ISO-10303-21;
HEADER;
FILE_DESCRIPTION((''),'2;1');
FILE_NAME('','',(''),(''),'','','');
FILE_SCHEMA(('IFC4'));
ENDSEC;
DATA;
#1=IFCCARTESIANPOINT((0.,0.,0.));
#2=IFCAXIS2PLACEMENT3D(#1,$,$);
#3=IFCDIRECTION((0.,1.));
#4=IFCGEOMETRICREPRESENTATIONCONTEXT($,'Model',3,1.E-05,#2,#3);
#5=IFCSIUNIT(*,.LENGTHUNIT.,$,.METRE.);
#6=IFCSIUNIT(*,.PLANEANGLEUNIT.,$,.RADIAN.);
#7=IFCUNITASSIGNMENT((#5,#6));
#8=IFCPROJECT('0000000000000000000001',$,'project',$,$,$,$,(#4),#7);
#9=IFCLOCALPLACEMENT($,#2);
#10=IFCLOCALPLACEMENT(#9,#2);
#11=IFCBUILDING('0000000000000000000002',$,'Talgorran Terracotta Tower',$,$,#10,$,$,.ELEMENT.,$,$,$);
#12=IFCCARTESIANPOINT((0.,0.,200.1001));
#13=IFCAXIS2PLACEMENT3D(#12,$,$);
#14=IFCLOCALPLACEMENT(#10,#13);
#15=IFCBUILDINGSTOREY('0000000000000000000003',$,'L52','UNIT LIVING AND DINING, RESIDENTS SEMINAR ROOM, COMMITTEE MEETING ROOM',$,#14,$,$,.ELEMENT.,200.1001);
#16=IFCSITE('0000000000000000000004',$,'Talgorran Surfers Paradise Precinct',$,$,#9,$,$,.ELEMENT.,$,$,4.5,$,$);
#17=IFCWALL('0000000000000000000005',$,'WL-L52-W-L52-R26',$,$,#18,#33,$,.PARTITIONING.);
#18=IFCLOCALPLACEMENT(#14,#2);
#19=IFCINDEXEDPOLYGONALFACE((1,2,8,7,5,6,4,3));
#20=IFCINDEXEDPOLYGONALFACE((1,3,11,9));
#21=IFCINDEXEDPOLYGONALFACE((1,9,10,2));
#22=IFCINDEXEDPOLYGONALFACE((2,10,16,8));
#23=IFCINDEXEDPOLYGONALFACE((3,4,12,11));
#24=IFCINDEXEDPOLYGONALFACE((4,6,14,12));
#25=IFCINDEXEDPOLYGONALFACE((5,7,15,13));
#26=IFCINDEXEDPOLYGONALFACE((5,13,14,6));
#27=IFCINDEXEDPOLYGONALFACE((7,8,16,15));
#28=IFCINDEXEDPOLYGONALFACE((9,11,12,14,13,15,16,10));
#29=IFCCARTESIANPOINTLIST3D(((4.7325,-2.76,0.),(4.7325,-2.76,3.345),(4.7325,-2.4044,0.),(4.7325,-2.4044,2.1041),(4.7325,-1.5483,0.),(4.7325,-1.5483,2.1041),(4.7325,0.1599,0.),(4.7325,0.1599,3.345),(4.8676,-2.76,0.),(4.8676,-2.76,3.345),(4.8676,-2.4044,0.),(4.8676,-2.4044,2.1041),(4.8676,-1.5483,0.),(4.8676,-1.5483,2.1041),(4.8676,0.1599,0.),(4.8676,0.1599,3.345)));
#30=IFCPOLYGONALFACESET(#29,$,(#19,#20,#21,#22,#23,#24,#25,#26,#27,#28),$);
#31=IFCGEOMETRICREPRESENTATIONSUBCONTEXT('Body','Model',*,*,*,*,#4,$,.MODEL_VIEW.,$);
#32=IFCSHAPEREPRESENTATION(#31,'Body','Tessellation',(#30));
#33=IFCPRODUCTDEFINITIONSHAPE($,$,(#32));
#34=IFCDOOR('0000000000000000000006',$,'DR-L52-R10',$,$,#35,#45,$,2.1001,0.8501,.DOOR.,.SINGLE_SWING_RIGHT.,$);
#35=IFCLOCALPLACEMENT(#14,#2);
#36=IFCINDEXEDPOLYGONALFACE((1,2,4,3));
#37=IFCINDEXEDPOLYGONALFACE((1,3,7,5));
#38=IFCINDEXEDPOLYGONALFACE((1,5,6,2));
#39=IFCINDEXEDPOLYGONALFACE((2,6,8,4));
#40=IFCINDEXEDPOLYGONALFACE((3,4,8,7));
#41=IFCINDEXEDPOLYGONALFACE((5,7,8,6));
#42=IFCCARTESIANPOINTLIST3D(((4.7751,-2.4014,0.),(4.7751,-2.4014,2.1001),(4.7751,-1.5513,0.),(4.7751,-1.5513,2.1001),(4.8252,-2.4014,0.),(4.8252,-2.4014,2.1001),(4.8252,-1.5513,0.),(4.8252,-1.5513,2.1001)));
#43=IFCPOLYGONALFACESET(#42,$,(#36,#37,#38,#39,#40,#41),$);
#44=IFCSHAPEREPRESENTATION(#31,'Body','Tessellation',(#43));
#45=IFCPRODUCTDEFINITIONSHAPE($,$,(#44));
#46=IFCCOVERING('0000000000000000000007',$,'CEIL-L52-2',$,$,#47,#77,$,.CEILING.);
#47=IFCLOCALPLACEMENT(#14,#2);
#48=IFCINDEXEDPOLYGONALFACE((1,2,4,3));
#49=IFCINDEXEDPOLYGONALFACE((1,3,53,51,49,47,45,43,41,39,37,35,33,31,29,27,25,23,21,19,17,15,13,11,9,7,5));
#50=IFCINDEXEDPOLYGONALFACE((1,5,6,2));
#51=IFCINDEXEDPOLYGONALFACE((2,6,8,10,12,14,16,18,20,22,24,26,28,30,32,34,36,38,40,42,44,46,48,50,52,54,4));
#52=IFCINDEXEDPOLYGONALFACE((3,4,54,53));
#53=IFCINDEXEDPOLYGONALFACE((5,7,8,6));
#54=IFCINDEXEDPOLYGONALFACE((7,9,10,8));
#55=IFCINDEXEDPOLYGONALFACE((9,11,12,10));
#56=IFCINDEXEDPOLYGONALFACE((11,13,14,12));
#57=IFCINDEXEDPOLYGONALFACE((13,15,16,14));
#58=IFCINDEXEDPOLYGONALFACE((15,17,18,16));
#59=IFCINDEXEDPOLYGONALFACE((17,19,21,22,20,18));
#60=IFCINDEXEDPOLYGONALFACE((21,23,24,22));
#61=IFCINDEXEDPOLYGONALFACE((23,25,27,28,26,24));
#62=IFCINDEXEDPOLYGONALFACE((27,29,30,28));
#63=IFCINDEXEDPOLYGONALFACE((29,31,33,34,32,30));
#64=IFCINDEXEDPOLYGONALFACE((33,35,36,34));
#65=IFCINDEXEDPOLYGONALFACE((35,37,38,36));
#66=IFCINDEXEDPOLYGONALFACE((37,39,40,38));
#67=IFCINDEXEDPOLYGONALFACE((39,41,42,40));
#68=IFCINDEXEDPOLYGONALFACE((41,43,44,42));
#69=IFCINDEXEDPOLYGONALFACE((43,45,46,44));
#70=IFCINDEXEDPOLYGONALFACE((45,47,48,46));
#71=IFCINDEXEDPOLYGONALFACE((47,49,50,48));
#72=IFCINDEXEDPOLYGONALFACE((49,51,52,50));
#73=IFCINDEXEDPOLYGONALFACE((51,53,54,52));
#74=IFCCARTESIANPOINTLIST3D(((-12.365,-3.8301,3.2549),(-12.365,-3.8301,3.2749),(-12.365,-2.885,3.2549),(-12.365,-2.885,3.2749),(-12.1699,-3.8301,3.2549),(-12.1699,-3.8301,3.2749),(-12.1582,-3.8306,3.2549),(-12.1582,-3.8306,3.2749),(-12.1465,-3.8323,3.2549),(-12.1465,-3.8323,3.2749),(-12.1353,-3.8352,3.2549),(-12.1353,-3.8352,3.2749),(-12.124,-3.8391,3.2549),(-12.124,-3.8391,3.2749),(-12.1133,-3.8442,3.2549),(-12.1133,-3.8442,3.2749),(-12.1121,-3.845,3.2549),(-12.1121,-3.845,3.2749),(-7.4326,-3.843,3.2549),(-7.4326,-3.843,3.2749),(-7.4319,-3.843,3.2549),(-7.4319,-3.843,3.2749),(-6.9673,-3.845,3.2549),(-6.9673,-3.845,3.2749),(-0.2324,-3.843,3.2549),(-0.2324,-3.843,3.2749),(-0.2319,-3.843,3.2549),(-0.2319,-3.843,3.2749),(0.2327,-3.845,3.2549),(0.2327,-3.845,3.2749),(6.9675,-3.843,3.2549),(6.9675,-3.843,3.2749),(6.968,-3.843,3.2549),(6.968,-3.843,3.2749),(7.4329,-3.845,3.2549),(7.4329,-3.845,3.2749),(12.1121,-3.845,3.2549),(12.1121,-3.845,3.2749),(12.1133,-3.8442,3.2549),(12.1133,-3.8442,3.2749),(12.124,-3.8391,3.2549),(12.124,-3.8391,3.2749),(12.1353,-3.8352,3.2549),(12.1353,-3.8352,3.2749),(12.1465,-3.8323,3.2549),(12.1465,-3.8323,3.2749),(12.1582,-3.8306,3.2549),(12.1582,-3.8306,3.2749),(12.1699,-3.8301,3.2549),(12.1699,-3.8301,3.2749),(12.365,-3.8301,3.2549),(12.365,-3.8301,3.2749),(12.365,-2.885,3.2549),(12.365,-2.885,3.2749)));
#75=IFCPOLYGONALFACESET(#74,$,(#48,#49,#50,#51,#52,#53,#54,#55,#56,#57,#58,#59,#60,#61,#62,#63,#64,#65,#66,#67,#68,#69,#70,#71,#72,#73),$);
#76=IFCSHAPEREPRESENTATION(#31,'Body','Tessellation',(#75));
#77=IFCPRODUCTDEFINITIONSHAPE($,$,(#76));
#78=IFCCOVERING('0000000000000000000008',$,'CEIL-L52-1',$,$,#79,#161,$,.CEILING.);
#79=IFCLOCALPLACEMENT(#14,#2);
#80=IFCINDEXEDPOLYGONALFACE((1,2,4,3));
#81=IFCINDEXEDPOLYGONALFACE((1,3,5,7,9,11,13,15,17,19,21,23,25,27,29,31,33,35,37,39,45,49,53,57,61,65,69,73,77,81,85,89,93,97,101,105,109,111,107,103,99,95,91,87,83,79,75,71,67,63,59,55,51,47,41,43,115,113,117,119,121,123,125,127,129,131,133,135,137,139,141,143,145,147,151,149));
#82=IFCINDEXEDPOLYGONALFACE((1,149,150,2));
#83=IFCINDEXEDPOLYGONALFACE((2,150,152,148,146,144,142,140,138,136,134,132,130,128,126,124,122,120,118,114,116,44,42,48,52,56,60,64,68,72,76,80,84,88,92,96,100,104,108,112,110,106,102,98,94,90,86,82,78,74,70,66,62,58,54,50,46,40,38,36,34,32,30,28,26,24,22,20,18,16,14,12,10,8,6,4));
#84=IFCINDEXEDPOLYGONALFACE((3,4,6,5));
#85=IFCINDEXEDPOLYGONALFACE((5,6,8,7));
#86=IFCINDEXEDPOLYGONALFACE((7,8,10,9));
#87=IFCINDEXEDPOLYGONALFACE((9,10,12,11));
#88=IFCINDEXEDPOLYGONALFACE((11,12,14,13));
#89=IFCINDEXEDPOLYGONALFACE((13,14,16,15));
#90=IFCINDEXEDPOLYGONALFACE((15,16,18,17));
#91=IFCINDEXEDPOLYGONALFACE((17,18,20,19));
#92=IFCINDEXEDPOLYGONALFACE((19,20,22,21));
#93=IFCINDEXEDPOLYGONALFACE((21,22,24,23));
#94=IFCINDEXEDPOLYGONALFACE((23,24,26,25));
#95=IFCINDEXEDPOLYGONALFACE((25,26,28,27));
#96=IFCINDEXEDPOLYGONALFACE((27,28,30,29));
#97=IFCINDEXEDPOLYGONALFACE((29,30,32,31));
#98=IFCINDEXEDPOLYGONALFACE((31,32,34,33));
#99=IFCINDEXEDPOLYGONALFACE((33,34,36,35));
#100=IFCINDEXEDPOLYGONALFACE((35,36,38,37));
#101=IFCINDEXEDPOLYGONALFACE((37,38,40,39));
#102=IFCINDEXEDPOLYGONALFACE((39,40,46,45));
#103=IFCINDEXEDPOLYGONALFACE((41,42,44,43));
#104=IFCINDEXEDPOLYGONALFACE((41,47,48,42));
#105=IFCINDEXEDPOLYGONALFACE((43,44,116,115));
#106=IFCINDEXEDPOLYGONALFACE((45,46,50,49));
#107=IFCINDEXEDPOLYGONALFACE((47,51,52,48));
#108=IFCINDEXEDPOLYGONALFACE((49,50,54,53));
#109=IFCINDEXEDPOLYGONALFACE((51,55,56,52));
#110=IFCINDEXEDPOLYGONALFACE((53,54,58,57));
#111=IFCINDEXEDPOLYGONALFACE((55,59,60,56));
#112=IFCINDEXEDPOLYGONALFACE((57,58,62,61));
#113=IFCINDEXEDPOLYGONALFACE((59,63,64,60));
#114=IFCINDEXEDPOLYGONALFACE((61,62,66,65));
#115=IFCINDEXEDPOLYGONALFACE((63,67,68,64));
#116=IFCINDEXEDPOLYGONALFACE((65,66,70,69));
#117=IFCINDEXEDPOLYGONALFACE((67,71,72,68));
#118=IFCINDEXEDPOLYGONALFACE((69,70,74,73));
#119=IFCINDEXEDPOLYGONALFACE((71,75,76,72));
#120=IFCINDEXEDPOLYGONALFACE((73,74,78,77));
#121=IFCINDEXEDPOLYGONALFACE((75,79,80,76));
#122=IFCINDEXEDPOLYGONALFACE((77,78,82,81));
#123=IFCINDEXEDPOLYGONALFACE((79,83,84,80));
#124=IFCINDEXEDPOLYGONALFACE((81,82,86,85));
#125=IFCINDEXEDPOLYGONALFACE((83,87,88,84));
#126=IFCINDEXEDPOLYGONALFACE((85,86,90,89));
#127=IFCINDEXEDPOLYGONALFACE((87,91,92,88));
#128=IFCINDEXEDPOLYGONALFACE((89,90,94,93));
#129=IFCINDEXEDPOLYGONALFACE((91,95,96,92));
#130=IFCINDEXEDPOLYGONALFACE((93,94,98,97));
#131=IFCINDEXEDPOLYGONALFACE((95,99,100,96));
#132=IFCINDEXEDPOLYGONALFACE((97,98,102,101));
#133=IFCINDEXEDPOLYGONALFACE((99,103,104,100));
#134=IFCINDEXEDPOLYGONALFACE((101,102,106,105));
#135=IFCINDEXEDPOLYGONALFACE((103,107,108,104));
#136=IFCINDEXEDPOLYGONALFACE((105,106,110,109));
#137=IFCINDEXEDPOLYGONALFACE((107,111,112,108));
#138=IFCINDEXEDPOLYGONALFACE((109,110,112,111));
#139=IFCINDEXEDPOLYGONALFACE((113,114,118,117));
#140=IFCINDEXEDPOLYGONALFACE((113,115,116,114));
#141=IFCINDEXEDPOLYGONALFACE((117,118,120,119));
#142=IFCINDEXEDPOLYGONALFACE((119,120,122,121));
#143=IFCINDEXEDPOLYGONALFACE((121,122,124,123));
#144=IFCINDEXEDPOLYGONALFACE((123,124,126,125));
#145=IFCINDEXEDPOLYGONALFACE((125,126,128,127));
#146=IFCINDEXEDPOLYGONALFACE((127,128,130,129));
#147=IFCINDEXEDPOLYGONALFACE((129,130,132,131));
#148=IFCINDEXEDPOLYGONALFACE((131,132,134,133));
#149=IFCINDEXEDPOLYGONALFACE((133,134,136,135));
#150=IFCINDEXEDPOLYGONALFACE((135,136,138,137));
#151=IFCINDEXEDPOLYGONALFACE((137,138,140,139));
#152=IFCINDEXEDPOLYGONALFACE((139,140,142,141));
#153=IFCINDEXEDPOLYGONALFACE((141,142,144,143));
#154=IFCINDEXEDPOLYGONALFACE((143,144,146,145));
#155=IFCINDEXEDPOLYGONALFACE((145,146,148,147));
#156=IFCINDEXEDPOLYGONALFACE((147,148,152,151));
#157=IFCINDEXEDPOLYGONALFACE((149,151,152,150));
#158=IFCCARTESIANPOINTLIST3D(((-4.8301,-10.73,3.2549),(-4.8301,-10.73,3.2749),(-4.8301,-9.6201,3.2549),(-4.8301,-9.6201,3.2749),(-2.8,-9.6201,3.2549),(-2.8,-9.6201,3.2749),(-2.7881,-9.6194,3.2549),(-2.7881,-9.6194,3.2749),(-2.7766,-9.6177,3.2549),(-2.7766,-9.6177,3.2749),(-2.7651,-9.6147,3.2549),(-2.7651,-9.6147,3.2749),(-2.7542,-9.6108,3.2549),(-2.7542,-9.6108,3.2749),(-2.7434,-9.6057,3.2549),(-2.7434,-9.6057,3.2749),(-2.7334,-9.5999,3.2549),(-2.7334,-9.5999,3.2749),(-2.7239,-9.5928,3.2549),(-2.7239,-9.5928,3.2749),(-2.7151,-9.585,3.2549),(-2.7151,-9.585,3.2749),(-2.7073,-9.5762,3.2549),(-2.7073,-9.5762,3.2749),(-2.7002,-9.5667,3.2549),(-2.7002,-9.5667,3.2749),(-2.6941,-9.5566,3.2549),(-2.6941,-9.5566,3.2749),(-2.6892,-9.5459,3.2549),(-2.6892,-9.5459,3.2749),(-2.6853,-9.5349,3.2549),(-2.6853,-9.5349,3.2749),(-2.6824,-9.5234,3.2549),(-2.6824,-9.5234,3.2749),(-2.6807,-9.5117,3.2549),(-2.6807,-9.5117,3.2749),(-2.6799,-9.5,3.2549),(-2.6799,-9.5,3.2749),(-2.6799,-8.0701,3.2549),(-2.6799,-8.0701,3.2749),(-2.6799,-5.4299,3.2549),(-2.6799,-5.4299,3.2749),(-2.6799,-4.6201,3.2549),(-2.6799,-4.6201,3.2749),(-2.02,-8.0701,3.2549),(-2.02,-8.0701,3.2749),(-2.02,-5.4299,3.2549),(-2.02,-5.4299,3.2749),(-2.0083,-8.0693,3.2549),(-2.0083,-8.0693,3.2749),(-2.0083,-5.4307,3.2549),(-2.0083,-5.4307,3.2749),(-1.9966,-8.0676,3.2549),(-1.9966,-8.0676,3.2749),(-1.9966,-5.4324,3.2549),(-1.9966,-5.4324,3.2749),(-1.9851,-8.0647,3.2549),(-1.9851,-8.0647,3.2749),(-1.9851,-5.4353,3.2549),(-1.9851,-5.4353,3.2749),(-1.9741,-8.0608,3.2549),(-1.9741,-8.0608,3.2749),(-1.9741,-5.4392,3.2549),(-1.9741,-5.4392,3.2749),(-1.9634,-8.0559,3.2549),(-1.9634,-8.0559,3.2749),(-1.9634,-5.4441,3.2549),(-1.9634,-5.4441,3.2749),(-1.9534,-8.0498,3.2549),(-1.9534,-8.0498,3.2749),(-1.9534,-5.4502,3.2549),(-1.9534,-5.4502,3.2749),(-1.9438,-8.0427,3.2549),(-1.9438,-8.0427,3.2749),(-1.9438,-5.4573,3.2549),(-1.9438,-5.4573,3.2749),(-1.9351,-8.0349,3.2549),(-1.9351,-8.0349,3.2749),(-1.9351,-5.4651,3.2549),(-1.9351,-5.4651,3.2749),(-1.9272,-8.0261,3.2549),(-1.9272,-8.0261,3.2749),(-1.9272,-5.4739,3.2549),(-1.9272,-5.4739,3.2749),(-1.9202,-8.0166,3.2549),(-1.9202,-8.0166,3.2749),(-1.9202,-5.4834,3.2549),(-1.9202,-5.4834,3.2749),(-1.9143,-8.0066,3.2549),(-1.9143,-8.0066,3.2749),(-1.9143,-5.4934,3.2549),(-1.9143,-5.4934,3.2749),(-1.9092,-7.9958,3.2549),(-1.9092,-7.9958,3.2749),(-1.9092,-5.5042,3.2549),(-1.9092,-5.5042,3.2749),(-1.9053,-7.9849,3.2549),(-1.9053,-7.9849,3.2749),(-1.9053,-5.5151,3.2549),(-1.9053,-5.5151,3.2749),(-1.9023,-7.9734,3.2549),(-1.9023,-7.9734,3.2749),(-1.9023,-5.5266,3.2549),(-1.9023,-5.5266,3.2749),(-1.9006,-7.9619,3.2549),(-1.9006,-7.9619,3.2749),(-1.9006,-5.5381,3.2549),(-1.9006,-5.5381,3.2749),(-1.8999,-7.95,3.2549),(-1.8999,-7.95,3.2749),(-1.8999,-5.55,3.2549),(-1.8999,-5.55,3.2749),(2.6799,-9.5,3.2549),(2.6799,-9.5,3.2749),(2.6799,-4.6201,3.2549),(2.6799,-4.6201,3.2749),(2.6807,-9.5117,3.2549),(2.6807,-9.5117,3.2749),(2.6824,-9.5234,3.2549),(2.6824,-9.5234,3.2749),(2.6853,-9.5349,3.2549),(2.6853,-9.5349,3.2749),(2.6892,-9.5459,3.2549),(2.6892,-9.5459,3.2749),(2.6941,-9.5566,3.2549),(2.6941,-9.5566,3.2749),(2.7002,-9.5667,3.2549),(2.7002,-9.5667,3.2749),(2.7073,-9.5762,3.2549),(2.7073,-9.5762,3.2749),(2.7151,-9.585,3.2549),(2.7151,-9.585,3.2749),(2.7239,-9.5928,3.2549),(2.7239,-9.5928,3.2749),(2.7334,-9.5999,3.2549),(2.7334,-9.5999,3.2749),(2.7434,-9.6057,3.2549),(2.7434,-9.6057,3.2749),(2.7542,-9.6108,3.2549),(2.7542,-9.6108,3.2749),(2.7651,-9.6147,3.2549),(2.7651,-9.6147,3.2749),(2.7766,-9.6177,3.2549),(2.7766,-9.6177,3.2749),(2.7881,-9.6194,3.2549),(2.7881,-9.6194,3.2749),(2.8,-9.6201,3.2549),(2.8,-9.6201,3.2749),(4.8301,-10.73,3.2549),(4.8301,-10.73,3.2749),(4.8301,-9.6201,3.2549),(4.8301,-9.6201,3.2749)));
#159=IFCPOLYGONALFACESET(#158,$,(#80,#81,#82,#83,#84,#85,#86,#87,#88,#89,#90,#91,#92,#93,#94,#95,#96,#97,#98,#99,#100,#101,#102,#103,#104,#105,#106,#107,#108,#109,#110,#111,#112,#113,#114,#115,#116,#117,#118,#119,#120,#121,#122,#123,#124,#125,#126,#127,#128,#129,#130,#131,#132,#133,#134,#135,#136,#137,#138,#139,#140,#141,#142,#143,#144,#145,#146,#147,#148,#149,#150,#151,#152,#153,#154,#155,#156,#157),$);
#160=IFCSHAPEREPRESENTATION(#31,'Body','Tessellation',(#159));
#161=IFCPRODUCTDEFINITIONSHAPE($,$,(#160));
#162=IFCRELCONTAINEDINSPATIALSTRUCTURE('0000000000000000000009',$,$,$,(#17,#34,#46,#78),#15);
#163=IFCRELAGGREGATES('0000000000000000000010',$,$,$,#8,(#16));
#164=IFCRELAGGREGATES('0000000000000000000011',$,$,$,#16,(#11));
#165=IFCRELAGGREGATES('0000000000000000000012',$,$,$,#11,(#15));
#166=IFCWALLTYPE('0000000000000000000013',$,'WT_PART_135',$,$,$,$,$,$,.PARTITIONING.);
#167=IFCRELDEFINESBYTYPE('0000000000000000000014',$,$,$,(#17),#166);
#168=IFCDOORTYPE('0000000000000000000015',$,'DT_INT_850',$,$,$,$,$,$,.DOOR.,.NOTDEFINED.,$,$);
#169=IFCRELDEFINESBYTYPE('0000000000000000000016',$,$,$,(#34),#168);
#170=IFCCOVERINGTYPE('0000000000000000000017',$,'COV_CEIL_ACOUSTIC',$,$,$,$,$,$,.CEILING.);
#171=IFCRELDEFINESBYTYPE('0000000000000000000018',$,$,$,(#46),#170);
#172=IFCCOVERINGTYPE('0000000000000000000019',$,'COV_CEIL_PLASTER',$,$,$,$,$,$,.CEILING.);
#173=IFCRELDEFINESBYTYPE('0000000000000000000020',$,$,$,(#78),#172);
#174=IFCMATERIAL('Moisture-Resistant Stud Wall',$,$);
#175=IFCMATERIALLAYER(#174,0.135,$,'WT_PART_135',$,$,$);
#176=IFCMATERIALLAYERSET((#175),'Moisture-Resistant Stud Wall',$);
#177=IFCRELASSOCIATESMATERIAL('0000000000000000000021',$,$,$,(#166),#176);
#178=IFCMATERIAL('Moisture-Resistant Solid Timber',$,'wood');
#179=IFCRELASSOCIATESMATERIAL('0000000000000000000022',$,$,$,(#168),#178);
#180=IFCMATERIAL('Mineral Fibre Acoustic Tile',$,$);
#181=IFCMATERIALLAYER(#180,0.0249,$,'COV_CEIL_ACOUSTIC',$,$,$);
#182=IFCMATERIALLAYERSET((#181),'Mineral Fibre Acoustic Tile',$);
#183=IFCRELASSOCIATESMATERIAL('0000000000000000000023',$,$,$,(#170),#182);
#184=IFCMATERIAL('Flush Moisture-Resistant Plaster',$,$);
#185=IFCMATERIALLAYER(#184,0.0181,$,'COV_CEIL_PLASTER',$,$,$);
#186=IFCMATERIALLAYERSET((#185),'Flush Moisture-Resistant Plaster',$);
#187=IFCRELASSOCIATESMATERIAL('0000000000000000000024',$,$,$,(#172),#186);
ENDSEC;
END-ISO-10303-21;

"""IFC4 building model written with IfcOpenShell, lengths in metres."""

from ifc_helpers import new_model, si_unit, direction, frame, frame_2d, origin, place, context, subcontext, project, spatial, polyline, rectangle, outline, extrude, material, layer, layer_set, type_object, element, fill, save


model = new_model("IFC4")

# Units and contexts
model_context = context("Model", 3, precision=1e-05, world=origin(), true_north=direction((0.0, 1.0)))
body_context = subcontext(model_context, "Body", "Model", "MODEL_VIEW")
ifc_project = project(units=[si_unit("LENGTHUNIT", "METRE"), si_unit("PLANEANGLEUNIT", "RADIAN")], contexts=[model_context])

# Site, building, storey
site_placement = place(None, origin())
site = spatial("IfcSite", under=ifc_project, at=site_placement, Name="Talgorran Surfers Paradise Precinct", CompositionType="ELEMENT", RefElevation=4.5)
building_placement = place(site_placement, origin())
building = spatial("IfcBuilding", under=site, at=building_placement, Name="Talgorran Terracotta Tower", CompositionType="ELEMENT")
storey_placement = place(building_placement, frame((0.0, 0.0, 200.1001)))
storey = spatial("IfcBuildingStorey", under=building, at=storey_placement, Name="L52", Description="UNIT LIVING AND DINING, RESIDENTS SEMINAR ROOM, COMMITTEE MEETING ROOM", CompositionType="ELEMENT", Elevation=200.1001)

# Wall, opening, door
ifc_material_1 = material(Name="Moisture-Resistant Stud Wall")
ifc_layer_1 = layer(ifc_material_1, 0.135, Name="WT_PART_135")
ifc_layer_set_1 = layer_set([ifc_layer_1], Name="Moisture-Resistant Stud Wall")
wall_type_1 = type_object("IfcWallType", Name="WT_PART_135", PredefinedType="PARTITIONING", material=ifc_layer_set_1)
wall_1_placement = place(storey_placement, frame((4.8, -2.76, 0.0), z_axis=(0.0, 0.0, 1.0), x_axis=(0.0, 1.0, 0.0)))
wall_1 = element("IfcWall", 1, at=wall_1_placement, inside=storey, type_object=wall_type_1, Name="WL-L52-W-L52-R26", PredefinedType="PARTITIONING", context=body_context, shape_type="SweptSolid", body=[
    extrude(rectangle(XDim=2.9199, YDim=0.135, at=frame_2d((1.46, 0.0))), origin(), (0.0, 0.0, 1.0), 3.345),
])
opening_1_placement = place(wall_1_placement, frame((0.3586, 0.0, 0.0)))
opening_1 = element("IfcOpeningElement", 2, at=opening_1_placement, cuts=wall_1, PredefinedType="OPENING", context=body_context, shape_type="SweptSolid", body=[
    extrude(rectangle(XDim=0.8561, YDim=2.1041, at=frame_2d((0.425, 1.052))), frame((0.0, 0.0776, 0.0), z_axis=(0.0, -1.0, 0.0), x_axis=(1.0, 0.0, 0.0)), (0.0, 0.0, 1.0), 0.155),
])
ifc_material_2 = material(Name="Moisture-Resistant Solid Timber", Category="wood")
door_type_1 = type_object("IfcDoorType", Name="DT_INT_850", OperationType="NOTDEFINED", PredefinedType="DOOR", material=ifc_material_2)
door_1_placement = place(opening_1_placement, origin())
door_1 = element("IfcDoor", 3, at=door_1_placement, inside=storey, type_object=door_type_1, Name="DR-L52-R10", OperationType="SINGLE_SWING_RIGHT", OverallHeight=2.1001, OverallWidth=0.8501, PredefinedType="DOOR", context=body_context, shape_type="SweptSolid", body=[
    extrude(rectangle(XDim=0.8501, YDim=2.1001, at=frame_2d((0.425, 1.05))), frame((0.0, 0.0249, 0.0), z_axis=(0.0, -1.0, 0.0), x_axis=(1.0, 0.0, 0.0)), (0.0, 0.0, 1.0), 0.05),
])
fill(opening_1, door_1)

# Coverings
ifc_material_3 = material(Name="Mineral Fibre Acoustic Tile")
ifc_layer_2 = layer(ifc_material_3, 0.0249, Name="COV_CEIL_ACOUSTIC")
ifc_layer_set_2 = layer_set([ifc_layer_2], Name="Mineral Fibre Acoustic Tile")
covering_type_1 = type_object("IfcCoveringType", Name="COV_CEIL_ACOUSTIC", PredefinedType="CEILING", material=ifc_layer_set_2)
covering_1_placement = place(storey_placement, frame((0.0, 0.0, 3.2549)))
element("IfcCovering", 4, at=covering_1_placement, inside=storey, type_object=covering_type_1, Name="CEIL-L52-2", PredefinedType="CEILING", context=body_context, shape_type="SweptSolid", body=[
    extrude(outline(polyline([(-12.365, -2.885), (12.365, -2.885), (12.365, -3.8301), (12.1699, -3.8301), (12.1582, -3.8306), (12.1465, -3.8323), (12.1353, -3.8352), (12.124, -3.8391), (12.1133, -3.8442), (12.1121, -3.845), (7.4329, -3.845), (6.968, -3.843), (6.9675, -3.843), (0.2327, -3.845), (-0.2319, -3.843), (-0.2324, -3.843), (-6.9673, -3.845), (-7.4319, -3.843), (-7.4326, -3.843), (-12.1121, -3.845), (-12.1133, -3.8442), (-12.124, -3.8391), (-12.1353, -3.8352), (-12.1465, -3.8323), (-12.1582, -3.8306), (-12.1699, -3.8301), (-12.365, -3.8301), (-12.365, -2.885)])), origin(), (0.0, 0.0, 1.0), 0.02),
])
ifc_material_4 = material(Name="Flush Moisture-Resistant Plaster")
ifc_layer_3 = layer(ifc_material_4, 0.0181, Name="COV_CEIL_PLASTER")
ifc_layer_set_3 = layer_set([ifc_layer_3], Name="Flush Moisture-Resistant Plaster")
covering_type_2 = type_object("IfcCoveringType", Name="COV_CEIL_PLASTER", PredefinedType="CEILING", material=ifc_layer_set_3)
covering_2_placement = place(storey_placement, frame((0.0, 0.0, 3.2549)))
element("IfcCovering", 5, at=covering_2_placement, inside=storey, type_object=covering_type_2, Name="CEIL-L52-1", PredefinedType="CEILING", context=body_context, shape_type="SweptSolid", body=[
    extrude(outline(polyline([(2.6799, -4.6201), (2.6799, -9.5), (2.6807, -9.5117), (2.6824, -9.5234), (2.6853, -9.5349), (2.6892, -9.5459), (2.6941, -9.5566), (2.7002, -9.5667), (2.7073, -9.5762), (2.7151, -9.585), (2.7239, -9.5928), (2.7334, -9.5999), (2.7434, -9.6057), (2.7542, -9.6108), (2.7651, -9.6147), (2.7766, -9.6177), (2.7881, -9.6194), (2.8, -9.6201), (4.8301, -9.6201), (4.8301, -10.73), (-4.8301, -10.73), (-4.8301, -9.6201), (-2.8, -9.6201), (-2.7881, -9.6194), (-2.7766, -9.6177), (-2.7651, -9.6147), (-2.7542, -9.6108), (-2.7434, -9.6057), (-2.7334, -9.5999), (-2.7239, -9.5928), (-2.7151, -9.585), (-2.7073, -9.5762), (-2.7002, -9.5667), (-2.6941, -9.5566), (-2.6892, -9.5459), (-2.6853, -9.5349), (-2.6824, -9.5234), (-2.6807, -9.5117), (-2.6799, -9.5), (-2.6799, -8.0701), (-2.02, -8.0701), (-2.0083, -8.0693), (-1.9966, -8.0676), (-1.9851, -8.0647), (-1.9741, -8.0608), (-1.9634, -8.0559), (-1.9534, -8.0498), (-1.9438, -8.0427), (-1.9351, -8.0349), (-1.9272, -8.0261), (-1.9202, -8.0166), (-1.9143, -8.0066), (-1.9092, -7.9958), (-1.9053, -7.9849), (-1.9023, -7.9734), (-1.9006, -7.9619), (-1.8999, -7.95), (-1.8999, -5.55), (-1.9006, -5.5381), (-1.9023, -5.5266), (-1.9053, -5.5151), (-1.9092, -5.5042), (-1.9143, -5.4934), (-1.9202, -5.4834), (-1.9272, -5.4739), (-1.9351, -5.4651), (-1.9438, -5.4573), (-1.9534, -5.4502), (-1.9634, -5.4441), (-1.9741, -5.4392), (-1.9851, -5.4353), (-1.9966, -5.4324), (-2.0083, -5.4307), (-2.02, -5.4299), (-2.6799, -5.4299), (-2.6799, -4.6201), (2.6799, -4.6201)])), origin(), (0.0, 0.0, 1.0), 0.02),
])

save(model, "model.ifc")
